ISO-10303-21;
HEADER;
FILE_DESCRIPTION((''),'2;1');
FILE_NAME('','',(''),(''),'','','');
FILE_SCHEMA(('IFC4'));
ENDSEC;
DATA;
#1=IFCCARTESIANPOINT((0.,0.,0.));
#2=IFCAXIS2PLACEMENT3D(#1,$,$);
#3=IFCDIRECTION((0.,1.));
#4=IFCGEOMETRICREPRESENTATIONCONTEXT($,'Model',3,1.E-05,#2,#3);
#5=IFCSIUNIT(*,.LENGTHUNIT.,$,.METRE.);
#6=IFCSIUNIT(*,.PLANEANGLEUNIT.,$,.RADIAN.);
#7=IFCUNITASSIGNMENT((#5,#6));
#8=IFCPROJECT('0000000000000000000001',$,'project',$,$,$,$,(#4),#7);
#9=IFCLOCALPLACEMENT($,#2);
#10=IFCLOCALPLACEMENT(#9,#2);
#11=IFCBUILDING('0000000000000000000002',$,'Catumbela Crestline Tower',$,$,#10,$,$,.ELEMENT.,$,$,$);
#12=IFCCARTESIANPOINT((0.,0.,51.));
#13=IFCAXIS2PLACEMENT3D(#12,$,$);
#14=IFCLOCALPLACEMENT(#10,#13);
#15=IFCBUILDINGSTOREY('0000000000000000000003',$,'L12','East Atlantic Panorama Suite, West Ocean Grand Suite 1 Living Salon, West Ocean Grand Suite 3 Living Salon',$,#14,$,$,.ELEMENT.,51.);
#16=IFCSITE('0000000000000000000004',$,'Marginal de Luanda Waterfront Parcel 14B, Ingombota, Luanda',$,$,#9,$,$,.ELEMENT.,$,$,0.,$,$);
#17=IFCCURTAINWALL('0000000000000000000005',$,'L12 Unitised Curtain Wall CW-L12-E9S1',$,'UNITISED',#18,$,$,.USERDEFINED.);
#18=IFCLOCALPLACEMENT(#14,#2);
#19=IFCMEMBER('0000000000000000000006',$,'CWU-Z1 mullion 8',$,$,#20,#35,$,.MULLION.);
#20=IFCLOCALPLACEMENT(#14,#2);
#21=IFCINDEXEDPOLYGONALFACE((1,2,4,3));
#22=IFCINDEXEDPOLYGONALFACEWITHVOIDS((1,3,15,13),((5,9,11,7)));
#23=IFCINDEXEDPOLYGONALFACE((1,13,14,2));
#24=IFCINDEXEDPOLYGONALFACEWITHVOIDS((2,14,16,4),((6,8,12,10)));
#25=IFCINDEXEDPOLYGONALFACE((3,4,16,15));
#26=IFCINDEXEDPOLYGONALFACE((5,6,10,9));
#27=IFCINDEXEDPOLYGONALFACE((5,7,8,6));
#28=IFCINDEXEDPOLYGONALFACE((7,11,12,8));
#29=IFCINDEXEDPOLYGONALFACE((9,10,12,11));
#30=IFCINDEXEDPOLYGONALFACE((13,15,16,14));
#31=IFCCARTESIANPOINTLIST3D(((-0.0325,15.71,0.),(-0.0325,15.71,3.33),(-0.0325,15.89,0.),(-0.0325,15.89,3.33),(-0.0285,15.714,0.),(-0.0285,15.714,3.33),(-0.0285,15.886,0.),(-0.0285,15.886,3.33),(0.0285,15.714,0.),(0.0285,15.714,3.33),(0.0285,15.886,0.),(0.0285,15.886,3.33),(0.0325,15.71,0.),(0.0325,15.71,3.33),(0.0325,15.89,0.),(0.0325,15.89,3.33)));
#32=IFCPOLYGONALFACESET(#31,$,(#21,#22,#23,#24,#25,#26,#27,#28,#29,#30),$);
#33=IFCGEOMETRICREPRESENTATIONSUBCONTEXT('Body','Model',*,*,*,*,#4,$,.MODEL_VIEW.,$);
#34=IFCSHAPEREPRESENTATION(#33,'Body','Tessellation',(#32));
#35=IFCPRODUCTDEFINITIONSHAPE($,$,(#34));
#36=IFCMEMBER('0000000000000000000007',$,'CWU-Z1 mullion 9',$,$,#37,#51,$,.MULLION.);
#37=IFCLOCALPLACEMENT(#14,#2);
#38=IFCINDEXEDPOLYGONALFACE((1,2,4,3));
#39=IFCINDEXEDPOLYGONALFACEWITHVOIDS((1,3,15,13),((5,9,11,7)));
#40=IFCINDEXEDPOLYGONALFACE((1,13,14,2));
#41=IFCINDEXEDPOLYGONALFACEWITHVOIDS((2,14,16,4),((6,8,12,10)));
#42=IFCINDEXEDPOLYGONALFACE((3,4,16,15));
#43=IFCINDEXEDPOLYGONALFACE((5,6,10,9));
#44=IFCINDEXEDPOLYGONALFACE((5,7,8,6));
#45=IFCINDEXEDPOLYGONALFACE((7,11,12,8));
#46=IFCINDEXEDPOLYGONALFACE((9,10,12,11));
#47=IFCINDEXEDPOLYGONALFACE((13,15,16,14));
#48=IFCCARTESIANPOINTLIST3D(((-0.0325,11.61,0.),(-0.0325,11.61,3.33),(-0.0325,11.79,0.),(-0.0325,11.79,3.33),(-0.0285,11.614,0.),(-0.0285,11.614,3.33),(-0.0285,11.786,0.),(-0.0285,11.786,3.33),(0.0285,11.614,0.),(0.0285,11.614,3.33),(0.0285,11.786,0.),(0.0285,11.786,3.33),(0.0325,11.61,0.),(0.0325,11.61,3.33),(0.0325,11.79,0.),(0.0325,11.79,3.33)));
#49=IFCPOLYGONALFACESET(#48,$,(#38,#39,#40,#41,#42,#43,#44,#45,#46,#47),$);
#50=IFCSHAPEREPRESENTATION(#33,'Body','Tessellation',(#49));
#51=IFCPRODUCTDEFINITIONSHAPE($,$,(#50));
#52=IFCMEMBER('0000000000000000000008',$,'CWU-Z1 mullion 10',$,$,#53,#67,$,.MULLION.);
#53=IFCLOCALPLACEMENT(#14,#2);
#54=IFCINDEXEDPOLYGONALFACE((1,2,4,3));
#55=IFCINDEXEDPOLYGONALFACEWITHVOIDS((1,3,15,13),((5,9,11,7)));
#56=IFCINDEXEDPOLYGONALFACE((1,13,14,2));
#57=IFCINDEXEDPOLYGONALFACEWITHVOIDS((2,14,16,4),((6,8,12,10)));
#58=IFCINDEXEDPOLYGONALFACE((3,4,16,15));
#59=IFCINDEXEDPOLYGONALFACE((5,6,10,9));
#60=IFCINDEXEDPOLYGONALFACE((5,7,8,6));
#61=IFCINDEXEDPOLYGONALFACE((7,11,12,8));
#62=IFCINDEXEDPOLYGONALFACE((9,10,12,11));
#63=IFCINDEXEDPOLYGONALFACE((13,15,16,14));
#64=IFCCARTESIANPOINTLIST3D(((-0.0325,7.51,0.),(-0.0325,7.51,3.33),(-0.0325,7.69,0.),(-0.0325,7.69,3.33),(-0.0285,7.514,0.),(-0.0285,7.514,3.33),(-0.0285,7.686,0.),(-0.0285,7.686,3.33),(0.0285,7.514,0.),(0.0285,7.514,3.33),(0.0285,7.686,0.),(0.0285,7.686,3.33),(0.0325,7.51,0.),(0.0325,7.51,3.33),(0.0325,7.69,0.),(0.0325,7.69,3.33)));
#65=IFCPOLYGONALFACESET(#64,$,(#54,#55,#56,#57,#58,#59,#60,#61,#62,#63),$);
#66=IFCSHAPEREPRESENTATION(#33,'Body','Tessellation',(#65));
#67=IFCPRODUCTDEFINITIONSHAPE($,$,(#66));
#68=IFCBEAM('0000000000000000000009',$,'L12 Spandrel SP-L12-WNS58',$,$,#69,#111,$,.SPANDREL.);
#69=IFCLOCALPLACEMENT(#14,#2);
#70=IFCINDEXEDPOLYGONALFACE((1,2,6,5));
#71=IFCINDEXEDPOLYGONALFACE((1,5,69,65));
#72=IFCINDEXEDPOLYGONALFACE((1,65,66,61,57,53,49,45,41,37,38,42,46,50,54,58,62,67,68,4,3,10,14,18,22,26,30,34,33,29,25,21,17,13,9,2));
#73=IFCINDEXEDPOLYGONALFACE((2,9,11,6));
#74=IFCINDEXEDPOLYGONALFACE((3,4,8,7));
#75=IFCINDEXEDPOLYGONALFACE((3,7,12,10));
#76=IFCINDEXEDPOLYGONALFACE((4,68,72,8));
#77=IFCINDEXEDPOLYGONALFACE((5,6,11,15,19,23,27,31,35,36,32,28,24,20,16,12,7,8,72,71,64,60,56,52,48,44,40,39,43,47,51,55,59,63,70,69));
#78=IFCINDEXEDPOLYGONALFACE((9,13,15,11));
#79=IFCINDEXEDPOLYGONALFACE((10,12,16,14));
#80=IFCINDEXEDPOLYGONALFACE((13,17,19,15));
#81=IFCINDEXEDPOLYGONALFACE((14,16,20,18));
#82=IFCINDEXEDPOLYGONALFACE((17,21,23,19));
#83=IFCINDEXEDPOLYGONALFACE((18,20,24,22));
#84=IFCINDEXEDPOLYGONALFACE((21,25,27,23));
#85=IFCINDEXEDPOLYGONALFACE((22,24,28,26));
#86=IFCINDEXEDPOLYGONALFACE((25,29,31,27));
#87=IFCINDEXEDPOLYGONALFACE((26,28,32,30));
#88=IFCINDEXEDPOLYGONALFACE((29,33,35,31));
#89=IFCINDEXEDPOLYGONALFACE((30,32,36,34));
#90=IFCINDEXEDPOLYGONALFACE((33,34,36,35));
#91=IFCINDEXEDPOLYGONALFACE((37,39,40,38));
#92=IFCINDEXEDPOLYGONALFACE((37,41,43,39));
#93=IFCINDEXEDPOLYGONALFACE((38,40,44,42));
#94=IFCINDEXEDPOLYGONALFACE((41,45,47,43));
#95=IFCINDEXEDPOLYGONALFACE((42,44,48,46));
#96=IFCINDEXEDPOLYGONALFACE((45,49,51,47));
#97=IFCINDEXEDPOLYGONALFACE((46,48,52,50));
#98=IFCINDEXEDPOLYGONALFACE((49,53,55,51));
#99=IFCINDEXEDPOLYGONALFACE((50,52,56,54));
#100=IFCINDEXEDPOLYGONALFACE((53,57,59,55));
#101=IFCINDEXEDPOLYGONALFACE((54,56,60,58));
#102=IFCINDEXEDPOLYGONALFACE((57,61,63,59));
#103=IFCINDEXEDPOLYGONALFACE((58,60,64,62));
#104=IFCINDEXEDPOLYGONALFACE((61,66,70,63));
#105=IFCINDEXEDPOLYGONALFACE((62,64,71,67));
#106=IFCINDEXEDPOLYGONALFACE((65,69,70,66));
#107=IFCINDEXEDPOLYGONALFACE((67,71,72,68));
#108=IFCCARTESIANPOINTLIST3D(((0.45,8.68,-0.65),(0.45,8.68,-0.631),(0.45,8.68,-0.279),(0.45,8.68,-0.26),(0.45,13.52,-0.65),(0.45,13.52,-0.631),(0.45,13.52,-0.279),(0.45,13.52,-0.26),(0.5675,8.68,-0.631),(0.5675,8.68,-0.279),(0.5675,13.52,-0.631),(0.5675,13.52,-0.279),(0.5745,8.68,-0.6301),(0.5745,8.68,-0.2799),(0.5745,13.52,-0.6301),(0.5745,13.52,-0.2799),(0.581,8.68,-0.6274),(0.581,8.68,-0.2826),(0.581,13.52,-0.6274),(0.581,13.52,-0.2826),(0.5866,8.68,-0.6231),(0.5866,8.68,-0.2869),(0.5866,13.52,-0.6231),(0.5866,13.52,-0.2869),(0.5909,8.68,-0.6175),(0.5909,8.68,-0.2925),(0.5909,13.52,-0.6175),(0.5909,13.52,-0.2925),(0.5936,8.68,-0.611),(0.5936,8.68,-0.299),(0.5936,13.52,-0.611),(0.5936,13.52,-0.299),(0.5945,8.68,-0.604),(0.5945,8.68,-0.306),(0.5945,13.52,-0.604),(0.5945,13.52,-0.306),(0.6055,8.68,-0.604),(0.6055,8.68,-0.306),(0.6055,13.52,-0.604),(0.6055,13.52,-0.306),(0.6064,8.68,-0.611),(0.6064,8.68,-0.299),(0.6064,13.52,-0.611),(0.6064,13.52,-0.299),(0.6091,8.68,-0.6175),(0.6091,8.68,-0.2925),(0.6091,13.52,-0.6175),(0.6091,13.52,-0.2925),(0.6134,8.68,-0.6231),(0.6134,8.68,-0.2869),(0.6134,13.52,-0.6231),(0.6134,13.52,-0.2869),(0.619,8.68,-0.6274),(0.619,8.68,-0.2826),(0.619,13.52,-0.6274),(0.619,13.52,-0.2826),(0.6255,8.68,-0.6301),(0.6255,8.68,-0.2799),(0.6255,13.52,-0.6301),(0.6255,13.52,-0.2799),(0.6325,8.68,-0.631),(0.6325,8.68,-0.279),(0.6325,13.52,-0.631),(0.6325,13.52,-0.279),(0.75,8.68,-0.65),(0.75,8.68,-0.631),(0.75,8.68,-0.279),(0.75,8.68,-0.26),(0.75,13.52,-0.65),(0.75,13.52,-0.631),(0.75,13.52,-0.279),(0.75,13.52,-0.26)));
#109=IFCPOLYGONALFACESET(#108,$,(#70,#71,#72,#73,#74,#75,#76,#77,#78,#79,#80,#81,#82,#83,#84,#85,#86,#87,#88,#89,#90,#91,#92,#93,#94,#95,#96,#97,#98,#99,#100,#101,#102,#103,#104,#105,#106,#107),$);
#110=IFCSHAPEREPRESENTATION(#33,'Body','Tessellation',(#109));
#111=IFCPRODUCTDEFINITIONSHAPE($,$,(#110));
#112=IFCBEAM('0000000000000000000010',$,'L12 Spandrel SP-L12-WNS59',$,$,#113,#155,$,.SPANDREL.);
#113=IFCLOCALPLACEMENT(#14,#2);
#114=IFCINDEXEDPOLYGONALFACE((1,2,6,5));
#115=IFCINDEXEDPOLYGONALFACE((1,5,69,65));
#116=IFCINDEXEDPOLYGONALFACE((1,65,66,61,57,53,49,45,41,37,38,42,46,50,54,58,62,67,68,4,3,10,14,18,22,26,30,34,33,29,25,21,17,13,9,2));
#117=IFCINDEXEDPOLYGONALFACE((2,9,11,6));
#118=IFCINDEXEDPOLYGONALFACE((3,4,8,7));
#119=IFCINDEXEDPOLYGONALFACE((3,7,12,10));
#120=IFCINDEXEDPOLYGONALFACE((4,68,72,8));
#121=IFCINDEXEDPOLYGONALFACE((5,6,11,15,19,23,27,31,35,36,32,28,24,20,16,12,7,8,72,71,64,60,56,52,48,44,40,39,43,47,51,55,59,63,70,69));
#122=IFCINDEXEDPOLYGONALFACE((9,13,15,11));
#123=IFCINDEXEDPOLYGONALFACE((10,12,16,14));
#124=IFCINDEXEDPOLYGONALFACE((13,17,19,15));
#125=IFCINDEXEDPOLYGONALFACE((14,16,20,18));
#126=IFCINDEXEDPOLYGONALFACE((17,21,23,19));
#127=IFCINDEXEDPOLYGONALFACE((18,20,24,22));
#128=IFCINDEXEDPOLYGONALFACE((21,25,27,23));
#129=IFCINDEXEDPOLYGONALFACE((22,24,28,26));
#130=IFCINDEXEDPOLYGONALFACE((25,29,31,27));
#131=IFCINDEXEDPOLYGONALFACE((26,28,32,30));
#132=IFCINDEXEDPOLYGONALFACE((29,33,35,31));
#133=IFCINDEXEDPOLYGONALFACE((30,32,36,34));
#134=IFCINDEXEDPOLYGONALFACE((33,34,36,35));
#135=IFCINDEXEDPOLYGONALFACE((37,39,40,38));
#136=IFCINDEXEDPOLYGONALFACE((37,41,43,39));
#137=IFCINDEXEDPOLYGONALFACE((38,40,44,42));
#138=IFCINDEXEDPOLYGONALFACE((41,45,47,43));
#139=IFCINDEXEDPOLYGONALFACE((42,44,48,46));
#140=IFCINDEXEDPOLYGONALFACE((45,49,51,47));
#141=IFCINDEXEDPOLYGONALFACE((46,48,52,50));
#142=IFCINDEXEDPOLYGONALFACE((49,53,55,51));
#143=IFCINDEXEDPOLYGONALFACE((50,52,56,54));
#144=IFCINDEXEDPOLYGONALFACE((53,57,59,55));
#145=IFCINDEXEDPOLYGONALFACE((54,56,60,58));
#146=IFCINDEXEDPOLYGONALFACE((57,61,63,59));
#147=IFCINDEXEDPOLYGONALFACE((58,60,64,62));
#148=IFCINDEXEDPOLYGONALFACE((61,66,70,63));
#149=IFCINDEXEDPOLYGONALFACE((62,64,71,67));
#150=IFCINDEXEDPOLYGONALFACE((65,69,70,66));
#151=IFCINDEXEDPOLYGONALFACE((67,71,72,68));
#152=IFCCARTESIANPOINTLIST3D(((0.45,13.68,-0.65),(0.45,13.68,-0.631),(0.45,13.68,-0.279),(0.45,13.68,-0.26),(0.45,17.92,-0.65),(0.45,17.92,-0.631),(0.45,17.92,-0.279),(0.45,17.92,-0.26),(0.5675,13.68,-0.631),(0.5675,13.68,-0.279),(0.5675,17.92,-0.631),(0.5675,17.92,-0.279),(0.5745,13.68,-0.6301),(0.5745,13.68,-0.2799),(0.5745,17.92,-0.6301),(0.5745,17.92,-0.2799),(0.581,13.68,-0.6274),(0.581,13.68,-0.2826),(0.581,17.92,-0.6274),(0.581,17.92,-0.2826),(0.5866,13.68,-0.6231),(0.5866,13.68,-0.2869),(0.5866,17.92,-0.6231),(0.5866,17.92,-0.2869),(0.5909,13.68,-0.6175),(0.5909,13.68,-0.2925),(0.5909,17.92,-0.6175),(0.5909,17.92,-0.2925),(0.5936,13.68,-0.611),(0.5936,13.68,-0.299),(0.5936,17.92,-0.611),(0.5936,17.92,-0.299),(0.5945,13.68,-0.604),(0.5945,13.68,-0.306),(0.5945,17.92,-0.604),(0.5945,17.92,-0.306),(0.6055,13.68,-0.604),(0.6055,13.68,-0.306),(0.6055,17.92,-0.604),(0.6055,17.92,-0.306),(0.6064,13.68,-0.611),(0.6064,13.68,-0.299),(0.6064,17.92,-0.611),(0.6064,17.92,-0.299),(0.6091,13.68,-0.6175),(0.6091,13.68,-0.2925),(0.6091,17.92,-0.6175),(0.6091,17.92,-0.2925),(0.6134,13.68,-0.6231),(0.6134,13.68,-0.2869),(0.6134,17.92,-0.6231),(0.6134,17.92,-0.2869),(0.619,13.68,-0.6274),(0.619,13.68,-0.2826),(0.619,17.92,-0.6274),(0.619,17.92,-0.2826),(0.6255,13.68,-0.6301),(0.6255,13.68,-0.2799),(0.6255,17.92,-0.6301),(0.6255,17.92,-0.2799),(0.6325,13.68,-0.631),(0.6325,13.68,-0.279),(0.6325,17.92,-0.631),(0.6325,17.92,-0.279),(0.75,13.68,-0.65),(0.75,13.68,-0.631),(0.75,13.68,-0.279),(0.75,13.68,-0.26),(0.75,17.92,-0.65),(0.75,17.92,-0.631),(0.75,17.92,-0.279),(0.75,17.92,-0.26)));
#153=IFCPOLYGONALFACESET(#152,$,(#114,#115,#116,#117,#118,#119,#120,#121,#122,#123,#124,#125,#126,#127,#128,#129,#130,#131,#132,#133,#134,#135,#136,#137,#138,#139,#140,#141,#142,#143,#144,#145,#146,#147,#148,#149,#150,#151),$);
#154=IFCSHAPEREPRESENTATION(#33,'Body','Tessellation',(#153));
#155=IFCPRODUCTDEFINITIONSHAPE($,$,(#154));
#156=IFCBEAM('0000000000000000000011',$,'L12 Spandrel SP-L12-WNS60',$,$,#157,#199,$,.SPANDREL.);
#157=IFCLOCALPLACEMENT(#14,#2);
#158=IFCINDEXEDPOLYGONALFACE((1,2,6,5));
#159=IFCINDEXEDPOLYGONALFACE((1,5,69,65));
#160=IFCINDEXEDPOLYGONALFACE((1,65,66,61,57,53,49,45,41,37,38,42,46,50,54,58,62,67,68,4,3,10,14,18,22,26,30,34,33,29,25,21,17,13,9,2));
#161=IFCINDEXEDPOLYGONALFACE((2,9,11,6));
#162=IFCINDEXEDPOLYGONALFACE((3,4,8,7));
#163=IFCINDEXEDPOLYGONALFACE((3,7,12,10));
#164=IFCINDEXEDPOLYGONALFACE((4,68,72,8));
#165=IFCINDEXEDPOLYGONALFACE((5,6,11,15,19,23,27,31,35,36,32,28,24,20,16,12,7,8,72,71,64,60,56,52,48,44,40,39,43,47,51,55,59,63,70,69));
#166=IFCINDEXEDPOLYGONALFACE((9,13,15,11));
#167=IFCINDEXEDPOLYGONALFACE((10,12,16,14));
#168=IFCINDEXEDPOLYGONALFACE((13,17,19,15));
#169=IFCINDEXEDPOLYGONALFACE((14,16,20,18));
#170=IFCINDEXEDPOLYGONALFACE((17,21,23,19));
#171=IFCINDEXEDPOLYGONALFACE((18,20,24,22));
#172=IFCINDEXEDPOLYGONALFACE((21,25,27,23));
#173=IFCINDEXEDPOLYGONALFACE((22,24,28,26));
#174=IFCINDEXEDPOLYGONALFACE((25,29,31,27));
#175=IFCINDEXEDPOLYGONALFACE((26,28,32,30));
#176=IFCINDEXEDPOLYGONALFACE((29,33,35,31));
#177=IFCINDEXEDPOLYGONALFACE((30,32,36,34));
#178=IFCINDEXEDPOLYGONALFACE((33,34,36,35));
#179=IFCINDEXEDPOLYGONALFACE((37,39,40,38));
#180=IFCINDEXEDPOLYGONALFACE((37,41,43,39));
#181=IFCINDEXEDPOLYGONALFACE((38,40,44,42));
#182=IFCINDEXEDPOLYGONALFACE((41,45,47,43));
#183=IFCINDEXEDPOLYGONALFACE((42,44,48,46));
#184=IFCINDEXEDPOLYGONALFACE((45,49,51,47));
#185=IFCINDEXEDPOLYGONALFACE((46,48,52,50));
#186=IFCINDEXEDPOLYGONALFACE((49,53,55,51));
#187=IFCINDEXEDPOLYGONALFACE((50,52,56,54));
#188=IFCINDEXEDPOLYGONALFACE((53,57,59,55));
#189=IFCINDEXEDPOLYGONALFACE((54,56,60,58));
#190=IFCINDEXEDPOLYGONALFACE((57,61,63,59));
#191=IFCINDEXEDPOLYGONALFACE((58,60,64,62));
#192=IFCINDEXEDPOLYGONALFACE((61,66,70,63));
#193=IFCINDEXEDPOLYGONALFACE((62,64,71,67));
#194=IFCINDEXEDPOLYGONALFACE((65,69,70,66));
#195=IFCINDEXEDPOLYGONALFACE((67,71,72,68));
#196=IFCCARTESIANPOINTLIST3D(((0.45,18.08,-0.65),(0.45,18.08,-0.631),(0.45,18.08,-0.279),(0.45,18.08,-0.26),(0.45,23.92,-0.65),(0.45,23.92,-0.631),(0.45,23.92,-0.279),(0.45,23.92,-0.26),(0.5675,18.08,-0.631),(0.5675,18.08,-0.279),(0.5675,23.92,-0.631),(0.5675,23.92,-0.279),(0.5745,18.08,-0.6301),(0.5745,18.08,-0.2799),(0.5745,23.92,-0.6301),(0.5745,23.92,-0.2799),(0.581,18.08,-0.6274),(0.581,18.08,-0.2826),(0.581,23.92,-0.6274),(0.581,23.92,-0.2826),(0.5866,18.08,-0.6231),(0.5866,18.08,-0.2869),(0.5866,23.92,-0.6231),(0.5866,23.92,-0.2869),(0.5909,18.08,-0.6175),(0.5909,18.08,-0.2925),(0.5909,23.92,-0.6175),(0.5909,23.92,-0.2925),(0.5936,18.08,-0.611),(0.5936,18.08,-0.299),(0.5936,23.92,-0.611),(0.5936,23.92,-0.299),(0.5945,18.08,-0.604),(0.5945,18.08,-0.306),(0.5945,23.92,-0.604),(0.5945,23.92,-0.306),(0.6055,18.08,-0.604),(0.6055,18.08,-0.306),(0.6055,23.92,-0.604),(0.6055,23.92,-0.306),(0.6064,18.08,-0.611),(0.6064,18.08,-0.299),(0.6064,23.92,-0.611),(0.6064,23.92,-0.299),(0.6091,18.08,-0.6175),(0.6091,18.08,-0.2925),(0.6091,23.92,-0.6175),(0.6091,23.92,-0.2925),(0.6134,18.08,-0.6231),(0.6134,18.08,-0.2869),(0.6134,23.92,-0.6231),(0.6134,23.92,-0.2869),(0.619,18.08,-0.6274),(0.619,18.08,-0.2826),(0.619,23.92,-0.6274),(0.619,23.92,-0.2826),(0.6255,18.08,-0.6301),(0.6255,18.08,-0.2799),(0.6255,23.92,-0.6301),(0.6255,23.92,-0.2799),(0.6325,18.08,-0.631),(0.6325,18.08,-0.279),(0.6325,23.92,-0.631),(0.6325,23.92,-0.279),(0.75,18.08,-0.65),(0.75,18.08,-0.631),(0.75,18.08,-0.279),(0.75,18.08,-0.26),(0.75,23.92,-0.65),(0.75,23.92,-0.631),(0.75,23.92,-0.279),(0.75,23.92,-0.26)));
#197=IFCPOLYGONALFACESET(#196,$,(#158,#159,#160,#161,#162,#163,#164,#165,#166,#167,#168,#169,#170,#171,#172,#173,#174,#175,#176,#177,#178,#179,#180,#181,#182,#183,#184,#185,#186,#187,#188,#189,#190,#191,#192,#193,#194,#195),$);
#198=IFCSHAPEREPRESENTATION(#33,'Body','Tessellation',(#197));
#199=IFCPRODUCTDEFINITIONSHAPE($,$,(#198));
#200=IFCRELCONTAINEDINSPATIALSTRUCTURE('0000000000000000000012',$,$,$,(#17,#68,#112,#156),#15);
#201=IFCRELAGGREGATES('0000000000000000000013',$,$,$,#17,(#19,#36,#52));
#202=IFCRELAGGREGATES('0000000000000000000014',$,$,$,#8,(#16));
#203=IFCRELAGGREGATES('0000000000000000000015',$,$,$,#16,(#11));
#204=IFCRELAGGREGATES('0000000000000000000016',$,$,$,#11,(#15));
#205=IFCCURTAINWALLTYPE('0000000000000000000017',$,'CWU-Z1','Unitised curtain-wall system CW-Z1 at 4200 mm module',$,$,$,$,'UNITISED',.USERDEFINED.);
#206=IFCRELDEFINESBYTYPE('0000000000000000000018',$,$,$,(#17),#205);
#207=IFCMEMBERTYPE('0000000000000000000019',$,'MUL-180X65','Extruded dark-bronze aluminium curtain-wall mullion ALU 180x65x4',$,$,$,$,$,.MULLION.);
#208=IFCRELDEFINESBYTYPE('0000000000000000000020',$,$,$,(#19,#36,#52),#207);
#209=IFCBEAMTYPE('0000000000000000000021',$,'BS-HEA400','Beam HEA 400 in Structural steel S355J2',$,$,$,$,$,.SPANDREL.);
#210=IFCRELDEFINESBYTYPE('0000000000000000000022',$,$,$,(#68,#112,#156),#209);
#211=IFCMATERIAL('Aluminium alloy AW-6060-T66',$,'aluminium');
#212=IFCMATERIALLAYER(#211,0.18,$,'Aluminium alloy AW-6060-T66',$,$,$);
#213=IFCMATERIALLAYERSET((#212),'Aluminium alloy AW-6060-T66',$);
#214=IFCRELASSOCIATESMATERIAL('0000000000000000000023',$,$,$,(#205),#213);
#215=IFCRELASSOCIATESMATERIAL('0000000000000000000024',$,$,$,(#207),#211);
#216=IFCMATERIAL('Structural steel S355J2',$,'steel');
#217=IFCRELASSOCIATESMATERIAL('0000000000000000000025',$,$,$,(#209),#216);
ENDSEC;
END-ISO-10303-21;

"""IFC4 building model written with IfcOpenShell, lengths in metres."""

from ifc_helpers import new_model, si_unit, direction, frame, origin, origin_2d, place, context, subcontext, project, spatial, hollow_rectangle, i_section, extrude, material, layer, layer_set, material_profile, profile_set, type_object, element, aggregate, save


model = new_model("IFC4")

# Units and contexts
model_context = context("Model", 3, precision=1e-05, world=origin(), true_north=direction((0.0, 1.0)))
body_context = subcontext(model_context, "Body", "Model", "MODEL_VIEW")
ifc_project = project(units=[si_unit("LENGTHUNIT", "METRE"), si_unit("PLANEANGLEUNIT", "RADIAN")], contexts=[model_context])

# Site, building, storey
site_placement = place(None, origin())
site = spatial("IfcSite", under=ifc_project, at=site_placement, Name="Marginal de Luanda Waterfront Parcel 14B, Ingombota, Luanda", CompositionType="ELEMENT", RefElevation=0.0)
building_placement = place(site_placement, origin())
building = spatial("IfcBuilding", under=site, at=building_placement, Name="Catumbela Crestline Tower", CompositionType="ELEMENT")
storey_placement = place(building_placement, frame((0.0, 0.0, 51.0)))
storey = spatial("IfcBuildingStorey", under=building, at=storey_placement, Name="L12", Description="East Atlantic Panorama Suite, West Ocean Grand Suite 1 Living Salon, West Ocean Grand Suite 3 Living Salon", CompositionType="ELEMENT", Elevation=51.0)

# Shared definitions
ifc_material_1 = material(Name="Structural steel S355J2", Category="steel")

# Curtain wall, members
ifc_material_2 = material(Name="Aluminium alloy AW-6060-T66", Category="aluminium")
ifc_layer_1 = layer(ifc_material_2, 0.18, Name="Aluminium alloy AW-6060-T66")
ifc_layer_set_1 = layer_set([ifc_layer_1], Name="Aluminium alloy AW-6060-T66")
curtain_wall_type = type_object("IfcCurtainWallType", Name="CWU-Z1", Description="Unitised curtain-wall system CW-Z1 at 4200 mm module", ElementType="UNITISED", PredefinedType="USERDEFINED", material=ifc_layer_set_1)
curtain_wall_placement = place(storey_placement, origin())
curtain_wall = element("IfcCurtainWall", 1, at=curtain_wall_placement, inside=storey, type_object=curtain_wall_type, Name="L12 Unitised Curtain Wall CW-L12-E9S1", ObjectType="UNITISED", PredefinedType="USERDEFINED")
ifc_material_profile_1 = material_profile(ifc_material_2, hollow_rectangle(XDim=0.065, YDim=0.18, WallThickness=0.004, at=origin_2d()), Name="ALU 180x65x4")
ifc_profile_set_1 = profile_set([ifc_material_profile_1], Name="Aluminium alloy AW-6060-T66")
member_type_1 = type_object("IfcMemberType", Name="MUL-180X65", Description="Extruded dark-bronze aluminium curtain-wall mullion ALU 180x65x4", PredefinedType="MULLION", material=ifc_profile_set_1)
member_1_placement = place(storey_placement, frame((0.0, 15.8, 0.0), z_axis=(0.0, 0.0, 1.0), x_axis=(1.0, 0.0, 0.0)))
member_1 = element("IfcMember", 2, at=member_1_placement, type_object=member_type_1, Name="CWU-Z1 mullion 8", PredefinedType="MULLION", context=body_context, shape_type="SweptSolid", body=[
    extrude(hollow_rectangle(XDim=0.065, YDim=0.18, WallThickness=0.004, at=origin_2d()), origin(), (0.0, 0.0, 1.0), 3.33),
])
member_2_placement = place(storey_placement, frame((0.0, 11.7, 0.0), z_axis=(0.0, 0.0, 1.0), x_axis=(1.0, 0.0, 0.0)))
member_2 = element("IfcMember", 3, at=member_2_placement, type_object=member_type_1, Name="CWU-Z1 mullion 9", PredefinedType="MULLION", context=body_context, shape_type="SweptSolid", body=[
    extrude(hollow_rectangle(XDim=0.065, YDim=0.18, WallThickness=0.004, at=origin_2d()), origin(), (0.0, 0.0, 1.0), 3.33),
])
member_3_placement = place(storey_placement, frame((0.0, 7.6, 0.0), z_axis=(0.0, 0.0, 1.0), x_axis=(1.0, 0.0, 0.0)))
member_3 = element("IfcMember", 4, at=member_3_placement, type_object=member_type_1, Name="CWU-Z1 mullion 10", PredefinedType="MULLION", context=body_context, shape_type="SweptSolid", body=[
    extrude(hollow_rectangle(XDim=0.065, YDim=0.18, WallThickness=0.004, at=origin_2d()), origin(), (0.0, 0.0, 1.0), 3.33),
])

# Beams
ifc_material_profile_2 = material_profile(ifc_material_1, i_section(OverallWidth=0.3, OverallDepth=0.39, WebThickness=0.011, FlangeThickness=0.019, FilletRadius=0.027, at=origin_2d()), Name="HEA 400")
ifc_profile_set_2 = profile_set([ifc_material_profile_2], Name="Structural steel S355J2")
beam_type_1 = type_object("IfcBeamType", Name="BS-HEA400", Description="Beam HEA 400 in Structural steel S355J2", PredefinedType="SPANDREL", material=ifc_profile_set_2)
beam_1_placement = place(storey_placement, frame((0.6, 8.68, -0.455), z_axis=(0.0, 1.0, 0.0), x_axis=(-1.0, 0.0, 0.0)))
element("IfcBeam", 5, at=beam_1_placement, inside=storey, type_object=beam_type_1, Name="L12 Spandrel SP-L12-WNS58", PredefinedType="SPANDREL", context=body_context, shape_type="SweptSolid", body=[
    extrude(i_section(OverallWidth=0.3, OverallDepth=0.39, WebThickness=0.011, FlangeThickness=0.019, FilletRadius=0.027, at=origin_2d()), origin(), (0.0, 0.0, 1.0), 4.84),
])
beam_2_placement = place(storey_placement, frame((0.6, 13.68, -0.455), z_axis=(0.0, 1.0, 0.0), x_axis=(-1.0, 0.0, 0.0)))
element("IfcBeam", 6, at=beam_2_placement, inside=storey, type_object=beam_type_1, Name="L12 Spandrel SP-L12-WNS59", PredefinedType="SPANDREL", context=body_context, shape_type="SweptSolid", body=[
    extrude(i_section(OverallWidth=0.3, OverallDepth=0.39, WebThickness=0.011, FlangeThickness=0.019, FilletRadius=0.027, at=origin_2d()), origin(), (0.0, 0.0, 1.0), 4.24),
])
beam_3_placement = place(storey_placement, frame((0.6, 18.08, -0.455), z_axis=(0.0, 1.0, 0.0), x_axis=(-1.0, 0.0, 0.0)))
element("IfcBeam", 7, at=beam_3_placement, inside=storey, type_object=beam_type_1, Name="L12 Spandrel SP-L12-WNS60", PredefinedType="SPANDREL", context=body_context, shape_type="SweptSolid", body=[
    extrude(i_section(OverallWidth=0.3, OverallDepth=0.39, WebThickness=0.011, FlangeThickness=0.019, FilletRadius=0.027, at=origin_2d()), origin(), (0.0, 0.0, 1.0), 5.84),
])

aggregate(curtain_wall, [member_1, member_2, member_3])

save(model, "model.ifc")
